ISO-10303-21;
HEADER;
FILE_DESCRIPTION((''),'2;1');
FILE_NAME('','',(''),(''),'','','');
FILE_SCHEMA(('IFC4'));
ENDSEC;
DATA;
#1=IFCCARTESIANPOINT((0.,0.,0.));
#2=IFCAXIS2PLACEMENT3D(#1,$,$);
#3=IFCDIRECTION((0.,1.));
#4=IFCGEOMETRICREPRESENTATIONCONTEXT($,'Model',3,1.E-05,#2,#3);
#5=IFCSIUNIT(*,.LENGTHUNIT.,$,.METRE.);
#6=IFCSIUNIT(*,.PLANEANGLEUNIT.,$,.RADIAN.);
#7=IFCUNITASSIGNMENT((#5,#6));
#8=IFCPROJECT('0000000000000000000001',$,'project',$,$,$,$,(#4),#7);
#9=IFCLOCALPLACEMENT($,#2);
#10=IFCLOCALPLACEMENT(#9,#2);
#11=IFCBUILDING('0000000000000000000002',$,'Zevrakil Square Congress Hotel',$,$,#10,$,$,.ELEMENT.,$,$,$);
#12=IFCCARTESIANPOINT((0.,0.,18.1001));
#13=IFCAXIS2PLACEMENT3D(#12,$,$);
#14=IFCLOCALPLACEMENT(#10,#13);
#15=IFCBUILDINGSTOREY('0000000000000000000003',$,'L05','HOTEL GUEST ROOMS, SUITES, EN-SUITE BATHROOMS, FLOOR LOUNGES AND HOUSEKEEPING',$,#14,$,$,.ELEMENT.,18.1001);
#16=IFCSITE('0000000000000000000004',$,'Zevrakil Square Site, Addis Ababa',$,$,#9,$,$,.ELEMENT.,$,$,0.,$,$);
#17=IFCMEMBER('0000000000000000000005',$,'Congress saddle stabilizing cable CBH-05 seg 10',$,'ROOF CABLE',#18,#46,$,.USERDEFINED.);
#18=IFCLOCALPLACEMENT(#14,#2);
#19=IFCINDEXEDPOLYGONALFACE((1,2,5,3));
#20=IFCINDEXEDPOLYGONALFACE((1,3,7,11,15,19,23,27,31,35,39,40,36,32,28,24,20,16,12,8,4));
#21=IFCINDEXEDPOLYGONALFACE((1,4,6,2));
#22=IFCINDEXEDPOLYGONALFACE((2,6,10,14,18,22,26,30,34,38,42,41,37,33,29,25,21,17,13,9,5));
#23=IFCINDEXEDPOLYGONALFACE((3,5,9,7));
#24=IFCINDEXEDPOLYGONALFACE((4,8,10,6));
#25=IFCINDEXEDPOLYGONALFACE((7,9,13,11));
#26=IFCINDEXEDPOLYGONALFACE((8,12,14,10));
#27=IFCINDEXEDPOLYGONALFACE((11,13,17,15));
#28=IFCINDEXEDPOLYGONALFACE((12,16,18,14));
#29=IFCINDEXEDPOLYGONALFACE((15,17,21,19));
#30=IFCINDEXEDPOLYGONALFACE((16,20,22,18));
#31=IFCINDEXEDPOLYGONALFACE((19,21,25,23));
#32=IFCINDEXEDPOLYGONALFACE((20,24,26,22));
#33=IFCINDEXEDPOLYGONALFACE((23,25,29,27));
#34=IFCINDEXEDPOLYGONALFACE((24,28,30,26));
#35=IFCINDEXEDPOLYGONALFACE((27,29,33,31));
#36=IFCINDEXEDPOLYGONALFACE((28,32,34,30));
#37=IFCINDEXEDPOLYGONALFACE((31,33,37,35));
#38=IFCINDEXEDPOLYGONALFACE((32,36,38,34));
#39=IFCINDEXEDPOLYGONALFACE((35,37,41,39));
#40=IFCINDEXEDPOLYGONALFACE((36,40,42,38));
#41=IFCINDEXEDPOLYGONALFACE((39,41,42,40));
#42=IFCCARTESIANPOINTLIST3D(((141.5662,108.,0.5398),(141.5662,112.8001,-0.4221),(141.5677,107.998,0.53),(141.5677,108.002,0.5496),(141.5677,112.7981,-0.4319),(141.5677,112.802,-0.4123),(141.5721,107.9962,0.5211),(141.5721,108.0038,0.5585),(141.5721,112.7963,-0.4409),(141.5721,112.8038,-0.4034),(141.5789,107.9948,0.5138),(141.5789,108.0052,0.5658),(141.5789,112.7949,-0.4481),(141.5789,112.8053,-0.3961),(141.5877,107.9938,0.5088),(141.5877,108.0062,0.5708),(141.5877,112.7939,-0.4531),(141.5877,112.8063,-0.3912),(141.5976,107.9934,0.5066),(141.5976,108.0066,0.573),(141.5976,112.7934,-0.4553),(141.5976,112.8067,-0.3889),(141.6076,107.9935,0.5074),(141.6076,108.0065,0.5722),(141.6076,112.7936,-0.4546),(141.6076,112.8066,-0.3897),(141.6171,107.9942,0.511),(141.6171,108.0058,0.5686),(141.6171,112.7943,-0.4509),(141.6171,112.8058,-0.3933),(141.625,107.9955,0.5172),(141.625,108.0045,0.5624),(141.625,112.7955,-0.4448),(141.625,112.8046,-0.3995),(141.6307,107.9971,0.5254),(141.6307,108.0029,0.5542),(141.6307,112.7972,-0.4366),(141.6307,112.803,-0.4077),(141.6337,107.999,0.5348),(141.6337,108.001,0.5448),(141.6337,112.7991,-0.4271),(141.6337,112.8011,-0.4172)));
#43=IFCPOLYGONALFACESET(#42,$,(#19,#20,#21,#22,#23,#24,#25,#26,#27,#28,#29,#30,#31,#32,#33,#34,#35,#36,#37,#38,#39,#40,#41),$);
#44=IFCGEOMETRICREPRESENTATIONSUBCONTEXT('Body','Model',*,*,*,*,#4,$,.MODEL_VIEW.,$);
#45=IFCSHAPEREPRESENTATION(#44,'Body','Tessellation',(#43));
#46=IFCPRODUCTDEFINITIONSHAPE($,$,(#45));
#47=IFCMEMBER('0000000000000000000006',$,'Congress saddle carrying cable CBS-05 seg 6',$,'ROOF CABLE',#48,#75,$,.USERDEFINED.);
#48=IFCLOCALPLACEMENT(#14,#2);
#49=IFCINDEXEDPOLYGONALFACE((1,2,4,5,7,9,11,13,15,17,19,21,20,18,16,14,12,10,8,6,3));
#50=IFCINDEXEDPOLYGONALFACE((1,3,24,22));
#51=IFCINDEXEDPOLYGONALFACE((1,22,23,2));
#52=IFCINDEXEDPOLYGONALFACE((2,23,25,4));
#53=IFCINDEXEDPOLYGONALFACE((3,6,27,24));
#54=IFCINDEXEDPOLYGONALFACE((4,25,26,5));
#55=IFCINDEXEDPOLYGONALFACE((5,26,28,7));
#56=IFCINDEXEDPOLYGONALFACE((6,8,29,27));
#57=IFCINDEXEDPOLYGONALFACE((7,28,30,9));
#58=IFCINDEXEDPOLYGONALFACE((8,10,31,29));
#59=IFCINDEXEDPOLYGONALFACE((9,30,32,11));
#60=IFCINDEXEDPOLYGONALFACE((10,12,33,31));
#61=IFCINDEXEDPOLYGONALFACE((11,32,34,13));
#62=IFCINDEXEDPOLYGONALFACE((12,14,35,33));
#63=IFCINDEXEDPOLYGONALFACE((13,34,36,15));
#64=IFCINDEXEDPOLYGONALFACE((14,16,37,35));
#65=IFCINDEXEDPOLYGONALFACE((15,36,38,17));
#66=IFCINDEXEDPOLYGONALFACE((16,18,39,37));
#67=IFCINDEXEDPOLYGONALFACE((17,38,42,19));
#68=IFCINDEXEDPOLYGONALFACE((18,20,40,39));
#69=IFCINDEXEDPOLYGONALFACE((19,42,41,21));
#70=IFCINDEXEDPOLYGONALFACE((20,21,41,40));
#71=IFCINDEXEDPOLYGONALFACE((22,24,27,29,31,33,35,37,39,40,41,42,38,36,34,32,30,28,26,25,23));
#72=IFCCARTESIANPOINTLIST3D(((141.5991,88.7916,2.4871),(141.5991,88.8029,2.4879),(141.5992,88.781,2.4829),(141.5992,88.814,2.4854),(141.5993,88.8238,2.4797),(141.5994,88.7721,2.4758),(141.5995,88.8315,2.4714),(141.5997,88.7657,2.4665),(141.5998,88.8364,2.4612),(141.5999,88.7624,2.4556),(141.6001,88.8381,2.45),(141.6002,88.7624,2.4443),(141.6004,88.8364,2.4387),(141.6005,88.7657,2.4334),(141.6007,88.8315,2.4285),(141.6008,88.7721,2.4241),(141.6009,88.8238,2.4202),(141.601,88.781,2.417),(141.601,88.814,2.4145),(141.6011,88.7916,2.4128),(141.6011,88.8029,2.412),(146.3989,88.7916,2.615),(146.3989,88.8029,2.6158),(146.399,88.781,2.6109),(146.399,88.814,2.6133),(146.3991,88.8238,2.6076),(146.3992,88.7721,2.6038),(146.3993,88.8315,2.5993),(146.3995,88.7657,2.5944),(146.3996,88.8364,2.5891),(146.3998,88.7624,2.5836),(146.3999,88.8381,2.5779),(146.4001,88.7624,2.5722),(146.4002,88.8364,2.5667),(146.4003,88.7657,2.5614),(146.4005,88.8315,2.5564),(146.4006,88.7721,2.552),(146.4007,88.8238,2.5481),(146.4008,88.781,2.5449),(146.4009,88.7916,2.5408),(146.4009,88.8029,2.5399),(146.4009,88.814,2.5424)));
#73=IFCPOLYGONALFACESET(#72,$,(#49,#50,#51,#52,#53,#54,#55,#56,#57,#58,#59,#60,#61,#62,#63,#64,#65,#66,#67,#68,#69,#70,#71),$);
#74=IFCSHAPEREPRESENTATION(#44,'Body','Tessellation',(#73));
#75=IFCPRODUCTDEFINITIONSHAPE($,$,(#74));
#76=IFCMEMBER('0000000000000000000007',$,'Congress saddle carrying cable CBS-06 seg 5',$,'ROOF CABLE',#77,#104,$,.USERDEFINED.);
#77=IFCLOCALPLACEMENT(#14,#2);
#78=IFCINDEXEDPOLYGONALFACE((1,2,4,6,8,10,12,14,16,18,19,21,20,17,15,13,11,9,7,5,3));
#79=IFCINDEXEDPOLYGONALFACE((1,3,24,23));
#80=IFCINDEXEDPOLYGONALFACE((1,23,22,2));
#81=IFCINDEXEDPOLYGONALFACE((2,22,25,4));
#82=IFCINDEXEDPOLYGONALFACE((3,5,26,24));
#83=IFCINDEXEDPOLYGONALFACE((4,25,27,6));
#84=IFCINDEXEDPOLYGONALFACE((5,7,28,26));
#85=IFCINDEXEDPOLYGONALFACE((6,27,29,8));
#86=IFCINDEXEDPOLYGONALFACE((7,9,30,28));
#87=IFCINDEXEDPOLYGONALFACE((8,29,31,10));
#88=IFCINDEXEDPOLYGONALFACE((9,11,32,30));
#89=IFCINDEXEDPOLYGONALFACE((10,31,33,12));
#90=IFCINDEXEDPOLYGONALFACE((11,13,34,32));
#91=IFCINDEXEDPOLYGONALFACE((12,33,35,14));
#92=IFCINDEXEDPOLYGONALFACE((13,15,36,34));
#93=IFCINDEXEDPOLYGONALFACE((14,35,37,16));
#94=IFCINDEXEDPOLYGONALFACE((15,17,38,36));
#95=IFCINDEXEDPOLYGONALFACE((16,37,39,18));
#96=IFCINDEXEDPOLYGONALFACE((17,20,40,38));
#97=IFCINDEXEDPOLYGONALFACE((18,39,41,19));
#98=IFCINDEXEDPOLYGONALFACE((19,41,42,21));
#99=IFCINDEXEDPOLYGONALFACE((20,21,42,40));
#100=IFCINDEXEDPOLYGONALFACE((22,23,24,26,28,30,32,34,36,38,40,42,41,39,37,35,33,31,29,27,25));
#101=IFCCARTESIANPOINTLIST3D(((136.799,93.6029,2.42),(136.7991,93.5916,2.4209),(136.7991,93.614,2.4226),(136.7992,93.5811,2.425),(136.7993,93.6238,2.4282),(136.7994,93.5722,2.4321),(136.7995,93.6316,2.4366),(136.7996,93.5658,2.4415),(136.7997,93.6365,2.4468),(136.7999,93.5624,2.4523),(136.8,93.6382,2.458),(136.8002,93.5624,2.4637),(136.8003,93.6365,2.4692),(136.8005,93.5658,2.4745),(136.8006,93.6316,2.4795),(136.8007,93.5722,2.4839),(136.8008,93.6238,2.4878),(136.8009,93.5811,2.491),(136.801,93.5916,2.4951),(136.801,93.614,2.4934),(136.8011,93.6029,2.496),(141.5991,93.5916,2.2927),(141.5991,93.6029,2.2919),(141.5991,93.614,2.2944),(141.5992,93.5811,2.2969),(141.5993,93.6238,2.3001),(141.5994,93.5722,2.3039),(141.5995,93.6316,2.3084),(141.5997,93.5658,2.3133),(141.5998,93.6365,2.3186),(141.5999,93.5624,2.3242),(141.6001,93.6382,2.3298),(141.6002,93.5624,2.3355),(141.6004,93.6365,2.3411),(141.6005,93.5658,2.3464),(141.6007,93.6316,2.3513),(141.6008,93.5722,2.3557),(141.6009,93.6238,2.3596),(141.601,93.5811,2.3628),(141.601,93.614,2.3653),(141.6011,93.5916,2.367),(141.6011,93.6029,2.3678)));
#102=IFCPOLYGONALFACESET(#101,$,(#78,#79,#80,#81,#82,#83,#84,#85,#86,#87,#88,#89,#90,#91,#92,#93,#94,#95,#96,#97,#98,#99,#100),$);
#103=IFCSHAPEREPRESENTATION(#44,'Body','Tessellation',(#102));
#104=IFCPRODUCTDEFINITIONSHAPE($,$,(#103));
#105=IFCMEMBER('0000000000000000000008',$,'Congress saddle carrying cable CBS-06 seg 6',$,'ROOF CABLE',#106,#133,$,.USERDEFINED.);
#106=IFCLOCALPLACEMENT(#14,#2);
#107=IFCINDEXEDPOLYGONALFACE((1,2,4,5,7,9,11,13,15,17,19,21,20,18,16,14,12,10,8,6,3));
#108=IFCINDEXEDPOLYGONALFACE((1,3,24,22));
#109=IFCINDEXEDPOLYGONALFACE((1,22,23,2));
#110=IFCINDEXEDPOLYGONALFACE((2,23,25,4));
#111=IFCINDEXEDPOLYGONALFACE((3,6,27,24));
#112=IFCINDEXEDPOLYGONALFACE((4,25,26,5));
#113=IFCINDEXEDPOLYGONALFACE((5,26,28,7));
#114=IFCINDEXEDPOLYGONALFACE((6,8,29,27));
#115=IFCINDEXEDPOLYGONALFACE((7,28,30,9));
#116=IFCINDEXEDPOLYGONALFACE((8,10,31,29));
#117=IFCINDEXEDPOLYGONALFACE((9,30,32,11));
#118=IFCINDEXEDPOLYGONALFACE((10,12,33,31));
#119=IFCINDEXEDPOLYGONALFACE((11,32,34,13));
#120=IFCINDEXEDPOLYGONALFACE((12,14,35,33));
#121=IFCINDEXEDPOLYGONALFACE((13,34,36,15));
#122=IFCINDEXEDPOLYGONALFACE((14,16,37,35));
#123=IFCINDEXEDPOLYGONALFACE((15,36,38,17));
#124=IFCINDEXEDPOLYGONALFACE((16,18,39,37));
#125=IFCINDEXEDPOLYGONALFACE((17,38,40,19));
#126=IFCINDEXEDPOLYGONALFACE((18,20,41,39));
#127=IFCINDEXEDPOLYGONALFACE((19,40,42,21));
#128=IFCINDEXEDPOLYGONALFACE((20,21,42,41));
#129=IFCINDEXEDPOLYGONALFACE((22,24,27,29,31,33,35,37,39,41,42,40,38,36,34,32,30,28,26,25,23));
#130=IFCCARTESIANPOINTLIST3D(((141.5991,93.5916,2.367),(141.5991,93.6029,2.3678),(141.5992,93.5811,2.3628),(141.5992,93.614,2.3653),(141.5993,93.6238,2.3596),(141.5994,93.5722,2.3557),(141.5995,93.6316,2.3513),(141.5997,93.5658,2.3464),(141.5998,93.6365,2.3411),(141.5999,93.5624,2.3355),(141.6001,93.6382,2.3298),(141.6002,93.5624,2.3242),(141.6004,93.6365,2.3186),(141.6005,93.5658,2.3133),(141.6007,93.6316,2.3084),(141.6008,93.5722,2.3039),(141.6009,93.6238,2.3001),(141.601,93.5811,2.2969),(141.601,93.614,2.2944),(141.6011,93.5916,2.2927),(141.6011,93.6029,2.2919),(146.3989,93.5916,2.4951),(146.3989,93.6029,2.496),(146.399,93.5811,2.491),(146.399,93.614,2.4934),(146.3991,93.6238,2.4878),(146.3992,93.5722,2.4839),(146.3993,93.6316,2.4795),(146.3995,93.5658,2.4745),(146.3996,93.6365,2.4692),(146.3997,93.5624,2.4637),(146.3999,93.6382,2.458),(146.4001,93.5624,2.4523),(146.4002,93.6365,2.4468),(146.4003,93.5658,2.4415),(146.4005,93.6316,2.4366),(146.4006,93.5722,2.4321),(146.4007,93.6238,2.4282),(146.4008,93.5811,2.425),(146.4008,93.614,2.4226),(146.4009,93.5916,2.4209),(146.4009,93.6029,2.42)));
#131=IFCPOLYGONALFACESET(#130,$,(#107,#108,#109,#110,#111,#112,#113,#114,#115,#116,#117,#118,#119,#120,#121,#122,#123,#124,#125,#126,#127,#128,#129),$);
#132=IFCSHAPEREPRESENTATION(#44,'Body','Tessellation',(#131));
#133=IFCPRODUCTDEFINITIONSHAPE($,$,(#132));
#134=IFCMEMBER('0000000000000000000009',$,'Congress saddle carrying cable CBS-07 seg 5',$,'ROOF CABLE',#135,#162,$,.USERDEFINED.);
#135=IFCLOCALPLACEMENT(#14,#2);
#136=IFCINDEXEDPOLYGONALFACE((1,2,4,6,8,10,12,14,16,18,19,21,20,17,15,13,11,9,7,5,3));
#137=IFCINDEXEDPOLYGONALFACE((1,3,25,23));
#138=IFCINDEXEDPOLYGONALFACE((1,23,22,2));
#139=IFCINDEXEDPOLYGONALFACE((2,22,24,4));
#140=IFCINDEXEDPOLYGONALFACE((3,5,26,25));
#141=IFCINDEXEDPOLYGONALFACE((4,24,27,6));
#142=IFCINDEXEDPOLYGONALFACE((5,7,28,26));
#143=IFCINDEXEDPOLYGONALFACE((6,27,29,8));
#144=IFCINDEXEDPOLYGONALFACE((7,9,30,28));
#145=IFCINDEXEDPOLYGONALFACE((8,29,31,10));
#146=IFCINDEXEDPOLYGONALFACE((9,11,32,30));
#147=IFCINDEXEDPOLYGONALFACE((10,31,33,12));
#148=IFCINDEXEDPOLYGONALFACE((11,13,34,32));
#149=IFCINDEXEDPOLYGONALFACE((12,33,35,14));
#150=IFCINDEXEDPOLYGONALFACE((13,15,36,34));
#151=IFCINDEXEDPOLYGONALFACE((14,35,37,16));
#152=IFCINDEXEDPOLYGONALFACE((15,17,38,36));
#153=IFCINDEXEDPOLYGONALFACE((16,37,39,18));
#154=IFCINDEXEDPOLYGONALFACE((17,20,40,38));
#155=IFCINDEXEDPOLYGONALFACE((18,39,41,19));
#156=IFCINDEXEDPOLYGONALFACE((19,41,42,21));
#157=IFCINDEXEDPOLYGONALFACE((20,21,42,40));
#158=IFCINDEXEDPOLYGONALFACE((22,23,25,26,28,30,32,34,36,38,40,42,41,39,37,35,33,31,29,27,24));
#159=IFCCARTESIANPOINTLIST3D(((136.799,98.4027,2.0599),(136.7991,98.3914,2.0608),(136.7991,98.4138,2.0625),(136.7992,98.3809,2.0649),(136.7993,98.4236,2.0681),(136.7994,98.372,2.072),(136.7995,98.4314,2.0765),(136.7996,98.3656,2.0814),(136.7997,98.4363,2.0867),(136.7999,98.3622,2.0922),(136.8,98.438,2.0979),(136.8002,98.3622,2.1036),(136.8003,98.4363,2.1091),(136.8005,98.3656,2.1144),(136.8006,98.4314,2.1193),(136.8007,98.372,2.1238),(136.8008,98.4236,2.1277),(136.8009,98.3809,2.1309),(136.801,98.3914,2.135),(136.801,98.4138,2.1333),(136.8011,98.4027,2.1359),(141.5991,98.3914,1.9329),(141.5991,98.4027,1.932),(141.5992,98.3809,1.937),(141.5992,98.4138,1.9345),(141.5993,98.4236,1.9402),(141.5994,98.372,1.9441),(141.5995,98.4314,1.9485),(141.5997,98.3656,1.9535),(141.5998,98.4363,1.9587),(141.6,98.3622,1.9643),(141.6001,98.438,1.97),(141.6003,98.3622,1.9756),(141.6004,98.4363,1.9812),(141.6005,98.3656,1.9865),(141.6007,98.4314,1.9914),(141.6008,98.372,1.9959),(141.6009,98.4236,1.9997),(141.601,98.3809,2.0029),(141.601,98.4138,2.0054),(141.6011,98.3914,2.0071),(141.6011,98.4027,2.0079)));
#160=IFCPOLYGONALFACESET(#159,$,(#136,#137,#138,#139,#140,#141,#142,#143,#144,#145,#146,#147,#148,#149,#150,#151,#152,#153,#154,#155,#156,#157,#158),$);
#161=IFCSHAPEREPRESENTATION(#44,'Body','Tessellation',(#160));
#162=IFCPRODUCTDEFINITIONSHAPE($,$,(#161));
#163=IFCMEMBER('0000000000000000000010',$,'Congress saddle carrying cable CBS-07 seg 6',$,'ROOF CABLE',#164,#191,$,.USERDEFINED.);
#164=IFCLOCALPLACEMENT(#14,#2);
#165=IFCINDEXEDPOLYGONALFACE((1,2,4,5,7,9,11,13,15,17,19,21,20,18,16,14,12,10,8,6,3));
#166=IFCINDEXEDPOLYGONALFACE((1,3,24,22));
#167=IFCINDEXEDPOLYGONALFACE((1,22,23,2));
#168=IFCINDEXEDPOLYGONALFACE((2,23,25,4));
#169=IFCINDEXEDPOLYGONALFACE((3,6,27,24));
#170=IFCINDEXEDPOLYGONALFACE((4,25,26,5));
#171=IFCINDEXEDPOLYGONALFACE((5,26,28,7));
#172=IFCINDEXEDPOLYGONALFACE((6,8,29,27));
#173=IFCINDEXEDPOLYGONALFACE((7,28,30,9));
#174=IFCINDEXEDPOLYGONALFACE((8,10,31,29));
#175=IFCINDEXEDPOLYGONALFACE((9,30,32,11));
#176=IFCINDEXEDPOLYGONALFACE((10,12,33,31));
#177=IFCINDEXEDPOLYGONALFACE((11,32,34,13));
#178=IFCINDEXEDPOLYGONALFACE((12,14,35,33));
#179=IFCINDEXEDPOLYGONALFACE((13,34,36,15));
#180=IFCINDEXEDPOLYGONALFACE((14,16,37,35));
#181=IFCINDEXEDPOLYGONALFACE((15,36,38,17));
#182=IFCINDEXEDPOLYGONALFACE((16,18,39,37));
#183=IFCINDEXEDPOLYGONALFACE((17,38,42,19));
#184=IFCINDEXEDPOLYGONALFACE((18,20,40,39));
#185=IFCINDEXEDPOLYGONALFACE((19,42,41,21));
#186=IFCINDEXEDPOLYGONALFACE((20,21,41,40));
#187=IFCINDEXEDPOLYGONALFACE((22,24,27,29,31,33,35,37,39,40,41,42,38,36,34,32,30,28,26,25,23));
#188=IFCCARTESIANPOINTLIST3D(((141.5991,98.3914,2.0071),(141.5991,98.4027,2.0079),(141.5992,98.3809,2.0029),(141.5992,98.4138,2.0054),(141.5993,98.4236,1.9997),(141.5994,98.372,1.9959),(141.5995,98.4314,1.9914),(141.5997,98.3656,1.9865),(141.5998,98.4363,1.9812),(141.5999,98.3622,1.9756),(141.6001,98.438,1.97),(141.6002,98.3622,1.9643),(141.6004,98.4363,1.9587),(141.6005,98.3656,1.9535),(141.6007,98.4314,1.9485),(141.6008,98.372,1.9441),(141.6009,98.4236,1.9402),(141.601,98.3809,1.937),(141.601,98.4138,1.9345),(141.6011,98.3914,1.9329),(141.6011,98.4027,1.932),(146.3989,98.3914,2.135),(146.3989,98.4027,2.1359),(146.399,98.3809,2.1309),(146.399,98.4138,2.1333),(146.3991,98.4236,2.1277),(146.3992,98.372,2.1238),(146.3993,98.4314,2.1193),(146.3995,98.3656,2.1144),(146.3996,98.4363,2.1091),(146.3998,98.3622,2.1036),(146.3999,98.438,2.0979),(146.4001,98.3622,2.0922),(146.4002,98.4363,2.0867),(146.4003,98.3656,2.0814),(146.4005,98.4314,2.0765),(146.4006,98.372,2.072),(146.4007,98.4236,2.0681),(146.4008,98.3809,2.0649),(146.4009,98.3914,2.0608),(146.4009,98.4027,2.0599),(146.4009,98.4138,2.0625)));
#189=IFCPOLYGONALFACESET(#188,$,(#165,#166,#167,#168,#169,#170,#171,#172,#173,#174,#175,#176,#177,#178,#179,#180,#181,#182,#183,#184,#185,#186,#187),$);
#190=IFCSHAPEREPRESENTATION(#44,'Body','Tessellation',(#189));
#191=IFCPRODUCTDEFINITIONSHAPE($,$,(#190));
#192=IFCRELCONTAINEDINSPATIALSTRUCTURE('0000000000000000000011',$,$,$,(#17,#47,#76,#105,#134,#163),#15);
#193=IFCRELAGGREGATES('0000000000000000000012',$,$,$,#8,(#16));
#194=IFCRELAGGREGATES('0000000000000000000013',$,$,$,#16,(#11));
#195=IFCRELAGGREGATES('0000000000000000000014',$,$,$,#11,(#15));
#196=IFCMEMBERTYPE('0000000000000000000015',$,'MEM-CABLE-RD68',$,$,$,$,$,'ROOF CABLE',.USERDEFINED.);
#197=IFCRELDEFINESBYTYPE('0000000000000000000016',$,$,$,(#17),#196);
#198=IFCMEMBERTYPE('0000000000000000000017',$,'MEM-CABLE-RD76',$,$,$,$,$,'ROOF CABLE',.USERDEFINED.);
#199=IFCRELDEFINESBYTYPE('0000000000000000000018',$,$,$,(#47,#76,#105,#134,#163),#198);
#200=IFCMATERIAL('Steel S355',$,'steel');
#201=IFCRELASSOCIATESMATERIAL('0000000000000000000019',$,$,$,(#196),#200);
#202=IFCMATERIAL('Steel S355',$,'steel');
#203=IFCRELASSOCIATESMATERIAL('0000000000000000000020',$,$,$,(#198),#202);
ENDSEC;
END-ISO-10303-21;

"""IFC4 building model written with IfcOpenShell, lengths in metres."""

from ifc_helpers import new_model, si_unit, direction, frame, origin, origin_2d, place, context, subcontext, project, spatial, circle, extrude, material, material_profile, profile_set, type_object, element, save


model = new_model("IFC4")

# Units and contexts
model_context = context("Model", 3, precision=1e-05, world=origin(), true_north=direction((0.0, 1.0)))
body_context = subcontext(model_context, "Body", "Model", "MODEL_VIEW")
ifc_project = project(units=[si_unit("LENGTHUNIT", "METRE"), si_unit("PLANEANGLEUNIT", "RADIAN")], contexts=[model_context])

# Site, building, storey
site_placement = place(None, origin())
site = spatial("IfcSite", under=ifc_project, at=site_placement, Name="Zevrakil Square Site, Addis Ababa", CompositionType="ELEMENT", RefElevation=0.0)
building_placement = place(site_placement, origin())
building = spatial("IfcBuilding", under=site, at=building_placement, Name="Zevrakil Square Congress Hotel", CompositionType="ELEMENT")
storey_placement = place(building_placement, frame((0.0, 0.0, 18.1001)))
storey = spatial("IfcBuildingStorey", under=building, at=storey_placement, Name="L05", Description="HOTEL GUEST ROOMS, SUITES, EN-SUITE BATHROOMS, FLOOR LOUNGES AND HOUSEKEEPING", CompositionType="ELEMENT", Elevation=18.1001)

# Members
ifc_material_1 = material(Name="Steel S355", Category="steel")
ifc_material_profile_1 = material_profile(ifc_material_1, circle(Radius=0.0339, at=origin_2d()), Name="CABLE RD68")
ifc_profile_set_1 = profile_set([ifc_material_profile_1], Name="Steel S355")
member_type_1 = type_object("IfcMemberType", Name="MEM-CABLE-RD68", ElementType="ROOF CABLE", PredefinedType="USERDEFINED", material=ifc_profile_set_1)
member_1_placement = place(storey_placement, frame((141.6001, 108.0, 0.5398), z_axis=(0.0, 0.980506, -0.19649), x_axis=(-1.0, 0.0, 0.0)))
element("IfcMember", 1, at=member_1_placement, inside=storey, type_object=member_type_1, Name="Congress saddle stabilizing cable CBH-05 seg 10", ObjectType="ROOF CABLE", PredefinedType="USERDEFINED", context=body_context, shape_type="SweptSolid", body=[
    extrude(circle(Radius=0.0339, at=origin_2d()), origin(), (0.0, 0.0, 1.0), 4.8955),
])
ifc_material_2 = material(Name="Steel S355", Category="steel")
ifc_material_profile_2 = material_profile(ifc_material_2, circle(Radius=0.0381, at=origin_2d()), Name="CABLE RD76")
ifc_profile_set_2 = profile_set([ifc_material_profile_2], Name="Steel S355")
member_type_2 = type_object("IfcMemberType", Name="MEM-CABLE-RD76", ElementType="ROOF CABLE", PredefinedType="USERDEFINED", material=ifc_profile_set_2)
member_2_placement = place(storey_placement, frame((141.6001, 88.8, 2.45), z_axis=(0.999645, 0.0, 0.026644), x_axis=(0.0, 1.0, 0.0)))
element("IfcMember", 2, at=member_2_placement, inside=storey, type_object=member_type_2, Name="Congress saddle carrying cable CBS-05 seg 6", ObjectType="ROOF CABLE", PredefinedType="USERDEFINED", context=body_context, shape_type="SweptSolid", body=[
    extrude(circle(Radius=0.0381, at=origin_2d()), origin(), (0.0, 0.0, 1.0), 4.8015),
])
member_3_placement = place(storey_placement, frame((136.8, 93.6001, 2.458), z_axis=(0.999644, 0.0, -0.026693), x_axis=(0.0, 1.0, 0.0)))
element("IfcMember", 3, at=member_3_placement, inside=storey, type_object=member_type_2, Name="Congress saddle carrying cable CBS-06 seg 5", ObjectType="ROOF CABLE", PredefinedType="USERDEFINED", context=body_context, shape_type="SweptSolid", body=[
    extrude(circle(Radius=0.0381, at=origin_2d()), origin(), (0.0, 0.0, 1.0), 4.8018),
])
member_4_placement = place(storey_placement, frame((141.6001, 93.6001, 2.3298), z_axis=(0.999644, 0.0, 0.026694), x_axis=(0.0, 1.0, 0.0)))
element("IfcMember", 4, at=member_4_placement, inside=storey, type_object=member_type_2, Name="Congress saddle carrying cable CBS-06 seg 6", ObjectType="ROOF CABLE", PredefinedType="USERDEFINED", context=body_context, shape_type="SweptSolid", body=[
    extrude(circle(Radius=0.0381, at=origin_2d()), origin(), (0.0, 0.0, 1.0), 4.8015),
])
member_5_placement = place(storey_placement, frame((136.8, 98.3999, 2.0979), z_axis=(0.999645, 0.0, -0.026642), x_axis=(0.0, 1.0, 0.0)))
element("IfcMember", 5, at=member_5_placement, inside=storey, type_object=member_type_2, Name="Congress saddle carrying cable CBS-07 seg 5", ObjectType="ROOF CABLE", PredefinedType="USERDEFINED", context=body_context, shape_type="SweptSolid", body=[
    extrude(circle(Radius=0.0381, at=origin_2d()), origin(), (0.0, 0.0, 1.0), 4.8018),
])
member_6_placement = place(storey_placement, frame((141.6001, 98.3999, 1.97), z_axis=(0.999645, 0.0, 0.026644), x_axis=(0.0, 1.0, 0.0)))
element("IfcMember", 6, at=member_6_placement, inside=storey, type_object=member_type_2, Name="Congress saddle carrying cable CBS-07 seg 6", ObjectType="ROOF CABLE", PredefinedType="USERDEFINED", context=body_context, shape_type="SweptSolid", body=[
    extrude(circle(Radius=0.0381, at=origin_2d()), origin(), (0.0, 0.0, 1.0), 4.8015),
])

save(model, "model.ifc")
